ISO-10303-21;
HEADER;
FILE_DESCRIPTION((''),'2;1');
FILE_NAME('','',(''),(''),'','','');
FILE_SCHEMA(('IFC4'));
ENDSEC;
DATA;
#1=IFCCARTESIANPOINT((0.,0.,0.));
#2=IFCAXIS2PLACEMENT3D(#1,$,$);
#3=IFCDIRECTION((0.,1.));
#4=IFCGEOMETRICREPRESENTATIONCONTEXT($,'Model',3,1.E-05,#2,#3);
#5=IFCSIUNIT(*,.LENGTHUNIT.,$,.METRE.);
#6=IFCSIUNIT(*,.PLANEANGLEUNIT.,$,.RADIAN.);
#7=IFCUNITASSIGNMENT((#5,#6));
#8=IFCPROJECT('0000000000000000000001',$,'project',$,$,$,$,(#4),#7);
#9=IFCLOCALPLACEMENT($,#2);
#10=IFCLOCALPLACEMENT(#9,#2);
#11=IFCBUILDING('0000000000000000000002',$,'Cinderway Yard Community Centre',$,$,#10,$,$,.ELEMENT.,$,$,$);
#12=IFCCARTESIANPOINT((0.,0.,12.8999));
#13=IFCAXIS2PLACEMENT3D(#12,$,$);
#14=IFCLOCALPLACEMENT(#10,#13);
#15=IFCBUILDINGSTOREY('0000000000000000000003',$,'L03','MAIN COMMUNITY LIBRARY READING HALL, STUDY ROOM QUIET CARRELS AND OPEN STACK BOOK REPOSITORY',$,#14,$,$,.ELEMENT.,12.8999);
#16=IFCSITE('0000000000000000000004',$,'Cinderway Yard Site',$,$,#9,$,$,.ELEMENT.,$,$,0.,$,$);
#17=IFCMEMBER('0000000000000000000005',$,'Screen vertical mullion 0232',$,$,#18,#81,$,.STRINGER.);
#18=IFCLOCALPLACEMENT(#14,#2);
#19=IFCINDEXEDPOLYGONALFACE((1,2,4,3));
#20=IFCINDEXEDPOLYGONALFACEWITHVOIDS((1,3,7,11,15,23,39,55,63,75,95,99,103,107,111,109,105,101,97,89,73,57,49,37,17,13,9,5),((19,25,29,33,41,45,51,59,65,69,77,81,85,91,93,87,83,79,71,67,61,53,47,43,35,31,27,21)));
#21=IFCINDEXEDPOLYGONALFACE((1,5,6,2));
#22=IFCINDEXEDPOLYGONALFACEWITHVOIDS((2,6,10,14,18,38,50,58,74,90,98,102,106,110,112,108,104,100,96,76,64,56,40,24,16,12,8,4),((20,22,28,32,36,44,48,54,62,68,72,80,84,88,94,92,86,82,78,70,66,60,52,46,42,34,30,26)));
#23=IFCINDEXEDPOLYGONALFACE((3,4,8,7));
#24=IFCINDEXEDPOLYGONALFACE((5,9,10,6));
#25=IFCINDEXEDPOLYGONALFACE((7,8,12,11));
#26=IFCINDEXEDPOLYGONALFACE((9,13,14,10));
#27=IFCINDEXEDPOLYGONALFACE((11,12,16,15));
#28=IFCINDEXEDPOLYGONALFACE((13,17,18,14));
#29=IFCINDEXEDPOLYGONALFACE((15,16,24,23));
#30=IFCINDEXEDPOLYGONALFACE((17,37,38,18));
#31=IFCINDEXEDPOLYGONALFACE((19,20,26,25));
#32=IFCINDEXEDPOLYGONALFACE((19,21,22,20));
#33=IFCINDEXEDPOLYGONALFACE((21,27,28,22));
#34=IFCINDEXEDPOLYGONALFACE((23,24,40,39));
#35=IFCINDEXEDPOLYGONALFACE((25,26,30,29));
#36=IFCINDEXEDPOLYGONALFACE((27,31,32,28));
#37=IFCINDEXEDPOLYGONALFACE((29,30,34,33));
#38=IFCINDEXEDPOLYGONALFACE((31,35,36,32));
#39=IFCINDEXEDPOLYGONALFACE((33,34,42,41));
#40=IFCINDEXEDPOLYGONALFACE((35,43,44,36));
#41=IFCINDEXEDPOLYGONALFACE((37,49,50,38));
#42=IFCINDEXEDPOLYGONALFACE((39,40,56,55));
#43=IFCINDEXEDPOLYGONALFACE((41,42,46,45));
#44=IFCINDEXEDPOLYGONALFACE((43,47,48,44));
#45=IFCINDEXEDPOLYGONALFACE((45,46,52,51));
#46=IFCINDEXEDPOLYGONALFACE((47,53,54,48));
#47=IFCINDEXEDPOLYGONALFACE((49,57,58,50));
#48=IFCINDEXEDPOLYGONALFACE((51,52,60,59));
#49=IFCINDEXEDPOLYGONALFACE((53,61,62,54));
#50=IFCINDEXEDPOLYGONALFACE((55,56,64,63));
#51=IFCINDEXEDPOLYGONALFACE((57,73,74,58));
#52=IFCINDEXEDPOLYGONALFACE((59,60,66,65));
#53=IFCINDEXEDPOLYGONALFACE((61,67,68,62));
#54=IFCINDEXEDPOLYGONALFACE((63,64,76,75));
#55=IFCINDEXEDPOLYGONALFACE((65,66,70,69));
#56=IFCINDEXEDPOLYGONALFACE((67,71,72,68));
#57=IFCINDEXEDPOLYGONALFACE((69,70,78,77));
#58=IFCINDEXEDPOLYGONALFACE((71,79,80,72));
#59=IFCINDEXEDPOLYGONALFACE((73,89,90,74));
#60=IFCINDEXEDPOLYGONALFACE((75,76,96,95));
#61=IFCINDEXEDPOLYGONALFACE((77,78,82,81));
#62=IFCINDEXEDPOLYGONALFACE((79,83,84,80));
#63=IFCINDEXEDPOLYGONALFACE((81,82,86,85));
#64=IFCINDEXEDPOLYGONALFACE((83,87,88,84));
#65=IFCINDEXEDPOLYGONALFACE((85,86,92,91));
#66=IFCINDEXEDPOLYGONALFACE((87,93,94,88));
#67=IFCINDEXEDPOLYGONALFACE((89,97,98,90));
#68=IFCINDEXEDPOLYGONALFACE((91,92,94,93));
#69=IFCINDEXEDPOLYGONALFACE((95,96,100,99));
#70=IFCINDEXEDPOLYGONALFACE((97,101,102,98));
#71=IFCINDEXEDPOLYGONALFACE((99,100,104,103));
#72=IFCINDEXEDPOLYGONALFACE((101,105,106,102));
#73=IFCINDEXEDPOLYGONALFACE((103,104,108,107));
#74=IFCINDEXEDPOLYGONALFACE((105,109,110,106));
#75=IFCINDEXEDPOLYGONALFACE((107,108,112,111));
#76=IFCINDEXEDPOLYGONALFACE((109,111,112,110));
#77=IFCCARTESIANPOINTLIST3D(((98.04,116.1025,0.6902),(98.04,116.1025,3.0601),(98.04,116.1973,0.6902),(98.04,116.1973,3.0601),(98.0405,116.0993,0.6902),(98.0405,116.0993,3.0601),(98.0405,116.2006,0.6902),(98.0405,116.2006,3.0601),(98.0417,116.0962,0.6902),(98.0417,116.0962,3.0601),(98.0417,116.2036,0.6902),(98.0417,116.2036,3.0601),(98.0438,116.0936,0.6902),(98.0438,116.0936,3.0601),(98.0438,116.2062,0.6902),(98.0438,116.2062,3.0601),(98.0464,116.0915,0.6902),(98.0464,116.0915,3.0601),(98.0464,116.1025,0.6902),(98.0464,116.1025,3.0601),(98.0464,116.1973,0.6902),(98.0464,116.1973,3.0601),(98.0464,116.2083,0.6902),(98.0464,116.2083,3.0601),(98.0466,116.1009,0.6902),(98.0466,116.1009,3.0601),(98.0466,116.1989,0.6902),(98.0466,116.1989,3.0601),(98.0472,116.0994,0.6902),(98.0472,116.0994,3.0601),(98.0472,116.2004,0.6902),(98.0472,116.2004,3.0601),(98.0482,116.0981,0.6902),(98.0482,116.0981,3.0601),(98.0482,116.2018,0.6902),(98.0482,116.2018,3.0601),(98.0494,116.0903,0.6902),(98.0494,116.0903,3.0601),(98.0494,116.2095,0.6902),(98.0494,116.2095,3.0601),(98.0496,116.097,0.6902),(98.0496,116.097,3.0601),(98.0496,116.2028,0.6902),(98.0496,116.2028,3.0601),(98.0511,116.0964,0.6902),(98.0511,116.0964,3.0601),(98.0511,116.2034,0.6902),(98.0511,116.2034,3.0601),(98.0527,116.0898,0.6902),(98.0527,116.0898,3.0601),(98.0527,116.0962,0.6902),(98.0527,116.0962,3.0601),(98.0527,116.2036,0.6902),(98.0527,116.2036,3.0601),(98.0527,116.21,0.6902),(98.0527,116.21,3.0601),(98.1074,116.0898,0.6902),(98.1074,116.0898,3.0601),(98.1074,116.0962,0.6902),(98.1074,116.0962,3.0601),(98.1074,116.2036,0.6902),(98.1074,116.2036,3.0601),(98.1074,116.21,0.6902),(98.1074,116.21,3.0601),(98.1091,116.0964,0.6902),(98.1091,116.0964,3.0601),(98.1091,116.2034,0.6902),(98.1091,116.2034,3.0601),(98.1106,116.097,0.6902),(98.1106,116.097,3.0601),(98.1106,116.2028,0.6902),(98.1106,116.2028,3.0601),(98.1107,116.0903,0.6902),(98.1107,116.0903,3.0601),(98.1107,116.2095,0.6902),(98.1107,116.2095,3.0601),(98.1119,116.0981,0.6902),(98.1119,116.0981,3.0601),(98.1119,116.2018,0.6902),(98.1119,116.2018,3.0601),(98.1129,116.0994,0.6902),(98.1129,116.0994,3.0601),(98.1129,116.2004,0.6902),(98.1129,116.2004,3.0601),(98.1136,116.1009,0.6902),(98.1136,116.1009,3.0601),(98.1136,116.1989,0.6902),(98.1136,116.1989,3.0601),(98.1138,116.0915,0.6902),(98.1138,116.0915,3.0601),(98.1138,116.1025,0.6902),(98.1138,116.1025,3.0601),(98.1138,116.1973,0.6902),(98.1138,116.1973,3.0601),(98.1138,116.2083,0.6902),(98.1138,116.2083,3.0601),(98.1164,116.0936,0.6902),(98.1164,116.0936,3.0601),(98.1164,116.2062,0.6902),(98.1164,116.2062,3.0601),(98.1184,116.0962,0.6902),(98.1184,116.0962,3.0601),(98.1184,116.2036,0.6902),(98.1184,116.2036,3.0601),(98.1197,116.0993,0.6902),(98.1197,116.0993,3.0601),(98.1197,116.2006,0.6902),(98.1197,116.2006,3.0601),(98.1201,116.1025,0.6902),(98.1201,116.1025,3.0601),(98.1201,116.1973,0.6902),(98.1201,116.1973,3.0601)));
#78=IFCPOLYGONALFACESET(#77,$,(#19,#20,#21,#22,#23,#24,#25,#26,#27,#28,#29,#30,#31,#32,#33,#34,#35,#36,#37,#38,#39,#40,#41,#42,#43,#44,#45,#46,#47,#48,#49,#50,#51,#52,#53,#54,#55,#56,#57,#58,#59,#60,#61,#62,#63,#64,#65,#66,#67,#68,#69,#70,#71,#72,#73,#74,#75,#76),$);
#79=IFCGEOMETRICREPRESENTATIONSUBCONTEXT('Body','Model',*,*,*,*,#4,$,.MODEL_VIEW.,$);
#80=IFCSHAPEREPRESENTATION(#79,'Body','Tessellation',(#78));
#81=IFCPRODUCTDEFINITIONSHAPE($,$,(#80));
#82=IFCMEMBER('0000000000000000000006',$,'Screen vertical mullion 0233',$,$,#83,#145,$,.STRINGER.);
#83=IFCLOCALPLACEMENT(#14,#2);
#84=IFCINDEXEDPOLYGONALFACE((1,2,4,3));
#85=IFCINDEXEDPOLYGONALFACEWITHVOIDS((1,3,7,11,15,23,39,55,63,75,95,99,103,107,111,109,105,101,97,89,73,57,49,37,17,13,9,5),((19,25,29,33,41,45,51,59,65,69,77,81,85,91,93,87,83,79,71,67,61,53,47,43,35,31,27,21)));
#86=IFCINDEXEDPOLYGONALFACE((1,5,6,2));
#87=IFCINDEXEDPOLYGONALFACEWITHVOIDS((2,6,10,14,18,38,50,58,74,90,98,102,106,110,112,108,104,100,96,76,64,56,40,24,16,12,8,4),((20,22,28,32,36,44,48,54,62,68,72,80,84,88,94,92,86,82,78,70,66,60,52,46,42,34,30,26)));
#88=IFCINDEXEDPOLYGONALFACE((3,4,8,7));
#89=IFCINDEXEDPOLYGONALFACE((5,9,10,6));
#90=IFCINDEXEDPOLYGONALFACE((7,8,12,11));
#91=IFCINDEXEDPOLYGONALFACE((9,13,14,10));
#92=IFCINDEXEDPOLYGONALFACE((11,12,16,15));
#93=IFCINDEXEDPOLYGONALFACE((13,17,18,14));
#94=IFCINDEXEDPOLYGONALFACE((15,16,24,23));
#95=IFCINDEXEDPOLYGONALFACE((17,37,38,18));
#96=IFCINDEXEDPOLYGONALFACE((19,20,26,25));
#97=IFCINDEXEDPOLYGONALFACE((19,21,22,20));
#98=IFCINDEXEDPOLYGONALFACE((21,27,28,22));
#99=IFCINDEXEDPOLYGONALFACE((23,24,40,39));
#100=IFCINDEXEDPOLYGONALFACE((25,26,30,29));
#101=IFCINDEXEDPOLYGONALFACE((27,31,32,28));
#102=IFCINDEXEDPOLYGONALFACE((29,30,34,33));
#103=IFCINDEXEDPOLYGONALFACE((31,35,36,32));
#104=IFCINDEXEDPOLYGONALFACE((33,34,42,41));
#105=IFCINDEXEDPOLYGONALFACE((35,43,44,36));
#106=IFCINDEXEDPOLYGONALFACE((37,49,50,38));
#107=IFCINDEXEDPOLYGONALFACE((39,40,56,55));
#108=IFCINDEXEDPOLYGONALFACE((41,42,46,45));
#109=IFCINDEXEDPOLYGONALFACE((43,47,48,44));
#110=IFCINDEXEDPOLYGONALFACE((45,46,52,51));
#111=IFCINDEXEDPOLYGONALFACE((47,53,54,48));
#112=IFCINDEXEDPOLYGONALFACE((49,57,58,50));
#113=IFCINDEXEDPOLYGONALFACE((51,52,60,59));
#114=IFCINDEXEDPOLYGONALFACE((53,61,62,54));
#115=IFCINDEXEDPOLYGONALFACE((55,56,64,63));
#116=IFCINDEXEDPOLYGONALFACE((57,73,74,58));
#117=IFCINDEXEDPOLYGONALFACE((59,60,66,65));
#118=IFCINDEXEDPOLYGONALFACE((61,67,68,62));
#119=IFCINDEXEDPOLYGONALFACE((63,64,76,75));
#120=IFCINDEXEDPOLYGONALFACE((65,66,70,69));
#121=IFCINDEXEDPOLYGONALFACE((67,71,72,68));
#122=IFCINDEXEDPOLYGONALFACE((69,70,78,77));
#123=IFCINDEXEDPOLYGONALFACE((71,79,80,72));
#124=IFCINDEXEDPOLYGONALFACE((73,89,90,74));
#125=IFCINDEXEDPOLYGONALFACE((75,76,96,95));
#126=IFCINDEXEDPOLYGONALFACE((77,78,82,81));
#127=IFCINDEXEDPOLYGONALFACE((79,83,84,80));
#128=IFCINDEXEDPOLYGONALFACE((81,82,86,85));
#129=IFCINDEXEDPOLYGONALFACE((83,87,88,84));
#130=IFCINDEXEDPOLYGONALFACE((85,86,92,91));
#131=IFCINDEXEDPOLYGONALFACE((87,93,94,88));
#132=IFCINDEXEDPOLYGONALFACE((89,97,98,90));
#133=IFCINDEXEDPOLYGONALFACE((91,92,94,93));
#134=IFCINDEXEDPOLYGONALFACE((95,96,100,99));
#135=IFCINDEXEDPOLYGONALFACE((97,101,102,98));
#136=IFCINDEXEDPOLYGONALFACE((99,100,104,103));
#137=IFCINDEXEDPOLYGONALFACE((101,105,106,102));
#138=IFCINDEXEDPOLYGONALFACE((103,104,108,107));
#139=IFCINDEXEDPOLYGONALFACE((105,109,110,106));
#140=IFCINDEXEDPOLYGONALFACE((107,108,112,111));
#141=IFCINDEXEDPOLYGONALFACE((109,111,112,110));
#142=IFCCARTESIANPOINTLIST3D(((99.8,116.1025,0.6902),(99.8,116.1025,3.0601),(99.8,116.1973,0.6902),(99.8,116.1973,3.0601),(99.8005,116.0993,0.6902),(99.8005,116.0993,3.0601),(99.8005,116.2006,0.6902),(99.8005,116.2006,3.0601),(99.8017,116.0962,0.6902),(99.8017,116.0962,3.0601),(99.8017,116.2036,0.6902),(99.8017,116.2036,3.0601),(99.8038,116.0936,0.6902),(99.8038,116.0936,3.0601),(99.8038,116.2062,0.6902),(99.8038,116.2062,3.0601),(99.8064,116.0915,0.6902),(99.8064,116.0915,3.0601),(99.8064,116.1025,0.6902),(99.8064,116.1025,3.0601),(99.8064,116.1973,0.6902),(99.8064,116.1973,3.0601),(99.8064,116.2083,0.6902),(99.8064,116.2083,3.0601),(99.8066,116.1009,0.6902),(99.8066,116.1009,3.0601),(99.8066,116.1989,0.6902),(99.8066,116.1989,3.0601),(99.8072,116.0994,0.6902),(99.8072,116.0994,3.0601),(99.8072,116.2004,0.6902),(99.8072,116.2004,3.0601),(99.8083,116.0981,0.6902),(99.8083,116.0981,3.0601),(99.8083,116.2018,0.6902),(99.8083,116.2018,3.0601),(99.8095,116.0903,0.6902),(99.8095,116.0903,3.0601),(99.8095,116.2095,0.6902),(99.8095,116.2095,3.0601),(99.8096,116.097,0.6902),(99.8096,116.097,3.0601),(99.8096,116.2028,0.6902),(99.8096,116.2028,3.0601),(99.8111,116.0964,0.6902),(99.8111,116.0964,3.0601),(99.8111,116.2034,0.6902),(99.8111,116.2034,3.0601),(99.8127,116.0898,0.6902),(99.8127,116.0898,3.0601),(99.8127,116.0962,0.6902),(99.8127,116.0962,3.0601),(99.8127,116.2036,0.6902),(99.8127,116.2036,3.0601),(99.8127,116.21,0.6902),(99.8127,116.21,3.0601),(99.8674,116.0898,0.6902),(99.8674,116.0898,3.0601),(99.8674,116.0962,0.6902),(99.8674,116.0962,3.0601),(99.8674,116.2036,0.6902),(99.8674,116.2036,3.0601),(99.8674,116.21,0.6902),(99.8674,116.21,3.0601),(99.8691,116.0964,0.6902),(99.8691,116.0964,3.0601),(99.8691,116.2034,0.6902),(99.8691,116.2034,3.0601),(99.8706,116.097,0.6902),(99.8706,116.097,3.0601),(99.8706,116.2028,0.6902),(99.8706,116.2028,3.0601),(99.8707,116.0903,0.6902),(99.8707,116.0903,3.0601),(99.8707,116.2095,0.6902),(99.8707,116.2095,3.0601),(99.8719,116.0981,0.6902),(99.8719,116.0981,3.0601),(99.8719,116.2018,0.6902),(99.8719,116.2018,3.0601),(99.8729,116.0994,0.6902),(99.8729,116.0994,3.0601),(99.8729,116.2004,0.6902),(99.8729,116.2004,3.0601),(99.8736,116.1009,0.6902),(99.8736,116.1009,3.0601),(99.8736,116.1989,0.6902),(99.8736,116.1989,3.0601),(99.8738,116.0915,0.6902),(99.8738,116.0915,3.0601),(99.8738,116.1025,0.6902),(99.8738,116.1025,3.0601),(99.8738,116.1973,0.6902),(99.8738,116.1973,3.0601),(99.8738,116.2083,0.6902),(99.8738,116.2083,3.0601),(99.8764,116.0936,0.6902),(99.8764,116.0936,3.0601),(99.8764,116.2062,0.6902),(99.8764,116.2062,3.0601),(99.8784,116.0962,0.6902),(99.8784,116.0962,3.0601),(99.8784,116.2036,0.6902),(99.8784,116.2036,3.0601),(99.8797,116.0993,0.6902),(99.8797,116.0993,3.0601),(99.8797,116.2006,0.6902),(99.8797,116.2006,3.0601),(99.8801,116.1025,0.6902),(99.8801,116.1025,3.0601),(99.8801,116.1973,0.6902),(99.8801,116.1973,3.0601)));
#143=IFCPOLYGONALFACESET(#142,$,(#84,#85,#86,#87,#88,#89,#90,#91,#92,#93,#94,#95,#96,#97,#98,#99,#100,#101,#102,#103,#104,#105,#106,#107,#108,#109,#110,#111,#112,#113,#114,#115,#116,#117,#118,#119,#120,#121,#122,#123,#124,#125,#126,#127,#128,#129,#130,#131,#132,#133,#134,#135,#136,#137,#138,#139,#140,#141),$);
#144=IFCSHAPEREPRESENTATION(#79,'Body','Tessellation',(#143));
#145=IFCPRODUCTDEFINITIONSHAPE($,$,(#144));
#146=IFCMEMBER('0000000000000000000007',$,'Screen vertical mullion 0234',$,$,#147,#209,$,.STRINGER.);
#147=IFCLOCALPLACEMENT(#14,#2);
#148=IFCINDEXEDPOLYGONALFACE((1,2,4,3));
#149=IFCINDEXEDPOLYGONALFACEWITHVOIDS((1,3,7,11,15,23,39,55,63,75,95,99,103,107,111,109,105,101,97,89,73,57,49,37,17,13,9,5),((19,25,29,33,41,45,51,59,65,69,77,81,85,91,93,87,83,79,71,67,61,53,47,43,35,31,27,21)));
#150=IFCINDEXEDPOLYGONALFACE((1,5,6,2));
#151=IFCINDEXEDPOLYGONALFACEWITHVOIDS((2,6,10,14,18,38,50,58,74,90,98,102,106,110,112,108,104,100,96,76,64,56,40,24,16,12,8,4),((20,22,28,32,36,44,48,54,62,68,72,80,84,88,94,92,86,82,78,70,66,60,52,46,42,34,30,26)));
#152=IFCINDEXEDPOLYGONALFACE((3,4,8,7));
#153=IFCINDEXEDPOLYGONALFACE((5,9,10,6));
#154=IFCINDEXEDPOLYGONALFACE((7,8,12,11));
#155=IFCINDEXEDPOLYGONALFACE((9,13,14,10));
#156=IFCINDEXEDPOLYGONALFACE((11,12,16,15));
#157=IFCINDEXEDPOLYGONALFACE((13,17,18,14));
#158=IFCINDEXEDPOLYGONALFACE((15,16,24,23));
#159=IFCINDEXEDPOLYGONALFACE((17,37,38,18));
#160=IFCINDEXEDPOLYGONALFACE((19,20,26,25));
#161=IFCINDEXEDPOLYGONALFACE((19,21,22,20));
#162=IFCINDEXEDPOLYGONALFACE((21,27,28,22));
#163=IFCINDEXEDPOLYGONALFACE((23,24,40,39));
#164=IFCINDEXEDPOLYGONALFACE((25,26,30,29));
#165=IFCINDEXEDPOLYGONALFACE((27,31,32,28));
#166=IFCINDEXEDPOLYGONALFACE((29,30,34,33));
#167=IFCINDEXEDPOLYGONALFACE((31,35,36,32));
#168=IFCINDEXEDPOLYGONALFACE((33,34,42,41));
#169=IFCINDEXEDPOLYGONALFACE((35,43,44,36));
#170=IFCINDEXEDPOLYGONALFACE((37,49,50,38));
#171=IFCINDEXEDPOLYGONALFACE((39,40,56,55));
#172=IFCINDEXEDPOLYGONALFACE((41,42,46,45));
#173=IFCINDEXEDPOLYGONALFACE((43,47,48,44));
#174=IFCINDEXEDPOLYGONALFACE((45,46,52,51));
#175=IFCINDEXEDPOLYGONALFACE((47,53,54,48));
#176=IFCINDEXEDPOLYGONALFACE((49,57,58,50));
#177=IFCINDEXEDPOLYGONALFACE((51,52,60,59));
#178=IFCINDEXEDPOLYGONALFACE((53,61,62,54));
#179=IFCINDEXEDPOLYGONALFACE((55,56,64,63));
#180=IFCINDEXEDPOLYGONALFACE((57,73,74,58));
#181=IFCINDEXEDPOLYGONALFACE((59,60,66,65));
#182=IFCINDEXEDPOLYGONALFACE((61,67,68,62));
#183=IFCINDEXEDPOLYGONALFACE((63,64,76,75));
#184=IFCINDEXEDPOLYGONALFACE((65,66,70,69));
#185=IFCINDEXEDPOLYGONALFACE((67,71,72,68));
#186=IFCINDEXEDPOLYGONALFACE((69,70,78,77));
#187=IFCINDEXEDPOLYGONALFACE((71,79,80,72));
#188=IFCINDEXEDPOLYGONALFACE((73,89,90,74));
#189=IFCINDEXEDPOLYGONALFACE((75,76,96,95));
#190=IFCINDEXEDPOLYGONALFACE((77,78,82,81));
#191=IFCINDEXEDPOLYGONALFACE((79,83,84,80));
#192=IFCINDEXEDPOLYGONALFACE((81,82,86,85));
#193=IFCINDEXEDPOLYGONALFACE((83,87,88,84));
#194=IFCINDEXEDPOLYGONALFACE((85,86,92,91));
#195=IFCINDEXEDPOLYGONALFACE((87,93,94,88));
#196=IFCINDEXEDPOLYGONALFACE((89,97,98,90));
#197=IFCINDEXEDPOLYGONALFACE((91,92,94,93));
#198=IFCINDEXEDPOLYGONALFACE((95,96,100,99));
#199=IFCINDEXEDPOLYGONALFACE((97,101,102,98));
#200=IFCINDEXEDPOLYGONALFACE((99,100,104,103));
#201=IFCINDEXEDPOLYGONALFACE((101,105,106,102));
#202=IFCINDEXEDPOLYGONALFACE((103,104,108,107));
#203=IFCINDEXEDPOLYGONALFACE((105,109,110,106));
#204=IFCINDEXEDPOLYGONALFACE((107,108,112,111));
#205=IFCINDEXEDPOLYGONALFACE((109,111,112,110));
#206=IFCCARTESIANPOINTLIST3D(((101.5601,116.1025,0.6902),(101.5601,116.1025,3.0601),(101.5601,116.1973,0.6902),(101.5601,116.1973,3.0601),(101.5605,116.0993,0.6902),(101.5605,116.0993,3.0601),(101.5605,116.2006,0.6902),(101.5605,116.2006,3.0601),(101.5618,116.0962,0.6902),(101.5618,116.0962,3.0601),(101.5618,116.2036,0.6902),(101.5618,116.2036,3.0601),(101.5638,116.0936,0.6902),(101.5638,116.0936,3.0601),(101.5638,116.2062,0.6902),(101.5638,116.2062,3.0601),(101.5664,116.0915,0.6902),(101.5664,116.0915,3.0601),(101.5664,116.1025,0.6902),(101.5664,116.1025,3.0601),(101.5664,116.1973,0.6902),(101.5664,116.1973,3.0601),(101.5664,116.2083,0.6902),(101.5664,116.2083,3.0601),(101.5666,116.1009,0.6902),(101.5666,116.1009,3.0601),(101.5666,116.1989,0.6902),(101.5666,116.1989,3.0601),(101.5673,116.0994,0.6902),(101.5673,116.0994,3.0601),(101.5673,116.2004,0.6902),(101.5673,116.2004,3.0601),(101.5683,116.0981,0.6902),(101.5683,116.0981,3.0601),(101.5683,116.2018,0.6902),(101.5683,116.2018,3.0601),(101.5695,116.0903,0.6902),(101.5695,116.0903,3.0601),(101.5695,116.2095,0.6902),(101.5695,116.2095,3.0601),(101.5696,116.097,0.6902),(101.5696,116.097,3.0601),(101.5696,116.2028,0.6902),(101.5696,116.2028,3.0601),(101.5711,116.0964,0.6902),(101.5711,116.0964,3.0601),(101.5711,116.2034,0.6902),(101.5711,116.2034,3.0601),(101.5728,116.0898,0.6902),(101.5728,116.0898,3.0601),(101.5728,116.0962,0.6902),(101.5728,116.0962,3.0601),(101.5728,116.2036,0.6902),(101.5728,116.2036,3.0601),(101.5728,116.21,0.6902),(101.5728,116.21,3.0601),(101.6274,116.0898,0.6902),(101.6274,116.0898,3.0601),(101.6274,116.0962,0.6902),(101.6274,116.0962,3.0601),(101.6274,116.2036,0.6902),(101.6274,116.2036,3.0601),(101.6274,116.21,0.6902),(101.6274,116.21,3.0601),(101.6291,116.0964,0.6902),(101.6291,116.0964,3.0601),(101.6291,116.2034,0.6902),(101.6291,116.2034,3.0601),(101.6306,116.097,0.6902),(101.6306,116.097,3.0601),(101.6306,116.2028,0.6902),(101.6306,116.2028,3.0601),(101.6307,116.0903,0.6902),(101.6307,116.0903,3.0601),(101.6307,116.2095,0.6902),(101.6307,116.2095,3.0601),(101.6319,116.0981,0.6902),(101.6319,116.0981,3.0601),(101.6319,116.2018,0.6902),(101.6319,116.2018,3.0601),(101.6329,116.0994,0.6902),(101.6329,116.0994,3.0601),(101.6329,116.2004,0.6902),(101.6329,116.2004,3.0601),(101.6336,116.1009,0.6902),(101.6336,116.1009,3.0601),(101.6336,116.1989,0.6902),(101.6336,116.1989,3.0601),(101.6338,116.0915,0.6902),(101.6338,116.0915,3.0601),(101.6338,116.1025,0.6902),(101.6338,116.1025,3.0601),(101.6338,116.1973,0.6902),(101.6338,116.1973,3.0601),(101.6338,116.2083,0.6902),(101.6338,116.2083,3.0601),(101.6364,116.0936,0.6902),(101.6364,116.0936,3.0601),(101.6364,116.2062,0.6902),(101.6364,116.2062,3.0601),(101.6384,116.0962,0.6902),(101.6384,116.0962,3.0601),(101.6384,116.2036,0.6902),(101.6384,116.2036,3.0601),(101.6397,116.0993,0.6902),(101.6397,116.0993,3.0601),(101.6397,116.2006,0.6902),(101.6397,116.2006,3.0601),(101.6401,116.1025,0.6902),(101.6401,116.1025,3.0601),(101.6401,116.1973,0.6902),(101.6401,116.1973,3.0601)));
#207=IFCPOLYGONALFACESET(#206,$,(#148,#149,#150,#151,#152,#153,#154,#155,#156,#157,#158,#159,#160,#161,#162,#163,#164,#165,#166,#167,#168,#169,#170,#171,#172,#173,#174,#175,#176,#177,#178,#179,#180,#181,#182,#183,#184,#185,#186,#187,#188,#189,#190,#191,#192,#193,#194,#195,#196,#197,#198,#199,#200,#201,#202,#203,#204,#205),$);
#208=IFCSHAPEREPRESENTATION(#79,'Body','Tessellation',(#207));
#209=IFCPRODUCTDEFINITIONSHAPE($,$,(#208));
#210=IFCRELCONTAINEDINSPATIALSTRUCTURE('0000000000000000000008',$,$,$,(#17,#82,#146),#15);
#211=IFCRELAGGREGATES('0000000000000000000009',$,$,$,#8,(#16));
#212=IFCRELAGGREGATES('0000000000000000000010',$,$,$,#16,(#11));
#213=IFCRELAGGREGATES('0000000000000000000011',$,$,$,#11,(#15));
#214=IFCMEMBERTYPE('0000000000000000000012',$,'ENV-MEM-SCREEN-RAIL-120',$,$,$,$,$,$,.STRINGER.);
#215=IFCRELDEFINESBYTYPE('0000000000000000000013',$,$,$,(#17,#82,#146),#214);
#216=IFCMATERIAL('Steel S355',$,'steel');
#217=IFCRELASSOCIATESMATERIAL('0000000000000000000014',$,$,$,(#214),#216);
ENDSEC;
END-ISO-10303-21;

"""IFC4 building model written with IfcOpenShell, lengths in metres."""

from ifc_helpers import new_model, si_unit, direction, frame, origin, origin_2d, place, context, subcontext, project, spatial, hollow_rectangle, extrude, material, material_profile, profile_set, type_object, element, save


model = new_model("IFC4")

# Units and contexts
model_context = context("Model", 3, precision=1e-05, world=origin(), true_north=direction((0.0, 1.0)))
body_context = subcontext(model_context, "Body", "Model", "MODEL_VIEW")
ifc_project = project(units=[si_unit("LENGTHUNIT", "METRE"), si_unit("PLANEANGLEUNIT", "RADIAN")], contexts=[model_context])

# Site, building, storey
site_placement = place(None, origin())
site = spatial("IfcSite", under=ifc_project, at=site_placement, Name="Cinderway Yard Site", CompositionType="ELEMENT", RefElevation=0.0)
building_placement = place(site_placement, origin())
building = spatial("IfcBuilding", under=site, at=building_placement, Name="Cinderway Yard Community Centre", CompositionType="ELEMENT")
storey_placement = place(building_placement, frame((0.0, 0.0, 12.8999)))
storey = spatial("IfcBuildingStorey", under=building, at=storey_placement, Name="L03", Description="MAIN COMMUNITY LIBRARY READING HALL, STUDY ROOM QUIET CARRELS AND OPEN STACK BOOK REPOSITORY", CompositionType="ELEMENT", Elevation=12.8999)

# Members
ifc_material_1 = material(Name="Steel S355", Category="steel")
ifc_material_profile_1 = material_profile(ifc_material_1, hollow_rectangle(XDim=0.0801, YDim=0.1201, WallThickness=0.0063, InnerFilletRadius=0.0063, OuterFilletRadius=0.0127, at=origin_2d()), Name="Steel S355")
ifc_profile_set_1 = profile_set([ifc_material_profile_1], Name="Steel S355")
member_type_1 = type_object("IfcMemberType", Name="ENV-MEM-SCREEN-RAIL-120", PredefinedType="STRINGER", material=ifc_profile_set_1)
for number, where, z_axis, x_axis, name in (
    (1, (98.0801, 116.1499, 0.6902), (0.0, 0.0, 1.0), (1.0, 0.0, 0.0), "Screen vertical mullion 0232"),
    (2, (99.8401, 116.1499, 0.6902), (0.0, 0.0, 1.0), (1.0, 0.0, 0.0), "Screen vertical mullion 0233"),
    (3, (101.6001, 116.1499, 0.6902), (0.0, 0.0, 1.0), (1.0, 0.0, 0.0), "Screen vertical mullion 0234"),
):
    element("IfcMember", number, at=place(storey_placement, frame(where, z_axis=z_axis, x_axis=x_axis)), inside=storey, type_object=member_type_1, Name=name, PredefinedType="STRINGER", context=body_context, shape_type="SweptSolid", body=[
        extrude(hollow_rectangle(XDim=0.0801, YDim=0.1201, WallThickness=0.0063, InnerFilletRadius=0.0063, OuterFilletRadius=0.0127, at=origin_2d()), origin(), (0.0, 0.0, 1.0), 2.3699),
    ])

save(model, "model.ifc")
